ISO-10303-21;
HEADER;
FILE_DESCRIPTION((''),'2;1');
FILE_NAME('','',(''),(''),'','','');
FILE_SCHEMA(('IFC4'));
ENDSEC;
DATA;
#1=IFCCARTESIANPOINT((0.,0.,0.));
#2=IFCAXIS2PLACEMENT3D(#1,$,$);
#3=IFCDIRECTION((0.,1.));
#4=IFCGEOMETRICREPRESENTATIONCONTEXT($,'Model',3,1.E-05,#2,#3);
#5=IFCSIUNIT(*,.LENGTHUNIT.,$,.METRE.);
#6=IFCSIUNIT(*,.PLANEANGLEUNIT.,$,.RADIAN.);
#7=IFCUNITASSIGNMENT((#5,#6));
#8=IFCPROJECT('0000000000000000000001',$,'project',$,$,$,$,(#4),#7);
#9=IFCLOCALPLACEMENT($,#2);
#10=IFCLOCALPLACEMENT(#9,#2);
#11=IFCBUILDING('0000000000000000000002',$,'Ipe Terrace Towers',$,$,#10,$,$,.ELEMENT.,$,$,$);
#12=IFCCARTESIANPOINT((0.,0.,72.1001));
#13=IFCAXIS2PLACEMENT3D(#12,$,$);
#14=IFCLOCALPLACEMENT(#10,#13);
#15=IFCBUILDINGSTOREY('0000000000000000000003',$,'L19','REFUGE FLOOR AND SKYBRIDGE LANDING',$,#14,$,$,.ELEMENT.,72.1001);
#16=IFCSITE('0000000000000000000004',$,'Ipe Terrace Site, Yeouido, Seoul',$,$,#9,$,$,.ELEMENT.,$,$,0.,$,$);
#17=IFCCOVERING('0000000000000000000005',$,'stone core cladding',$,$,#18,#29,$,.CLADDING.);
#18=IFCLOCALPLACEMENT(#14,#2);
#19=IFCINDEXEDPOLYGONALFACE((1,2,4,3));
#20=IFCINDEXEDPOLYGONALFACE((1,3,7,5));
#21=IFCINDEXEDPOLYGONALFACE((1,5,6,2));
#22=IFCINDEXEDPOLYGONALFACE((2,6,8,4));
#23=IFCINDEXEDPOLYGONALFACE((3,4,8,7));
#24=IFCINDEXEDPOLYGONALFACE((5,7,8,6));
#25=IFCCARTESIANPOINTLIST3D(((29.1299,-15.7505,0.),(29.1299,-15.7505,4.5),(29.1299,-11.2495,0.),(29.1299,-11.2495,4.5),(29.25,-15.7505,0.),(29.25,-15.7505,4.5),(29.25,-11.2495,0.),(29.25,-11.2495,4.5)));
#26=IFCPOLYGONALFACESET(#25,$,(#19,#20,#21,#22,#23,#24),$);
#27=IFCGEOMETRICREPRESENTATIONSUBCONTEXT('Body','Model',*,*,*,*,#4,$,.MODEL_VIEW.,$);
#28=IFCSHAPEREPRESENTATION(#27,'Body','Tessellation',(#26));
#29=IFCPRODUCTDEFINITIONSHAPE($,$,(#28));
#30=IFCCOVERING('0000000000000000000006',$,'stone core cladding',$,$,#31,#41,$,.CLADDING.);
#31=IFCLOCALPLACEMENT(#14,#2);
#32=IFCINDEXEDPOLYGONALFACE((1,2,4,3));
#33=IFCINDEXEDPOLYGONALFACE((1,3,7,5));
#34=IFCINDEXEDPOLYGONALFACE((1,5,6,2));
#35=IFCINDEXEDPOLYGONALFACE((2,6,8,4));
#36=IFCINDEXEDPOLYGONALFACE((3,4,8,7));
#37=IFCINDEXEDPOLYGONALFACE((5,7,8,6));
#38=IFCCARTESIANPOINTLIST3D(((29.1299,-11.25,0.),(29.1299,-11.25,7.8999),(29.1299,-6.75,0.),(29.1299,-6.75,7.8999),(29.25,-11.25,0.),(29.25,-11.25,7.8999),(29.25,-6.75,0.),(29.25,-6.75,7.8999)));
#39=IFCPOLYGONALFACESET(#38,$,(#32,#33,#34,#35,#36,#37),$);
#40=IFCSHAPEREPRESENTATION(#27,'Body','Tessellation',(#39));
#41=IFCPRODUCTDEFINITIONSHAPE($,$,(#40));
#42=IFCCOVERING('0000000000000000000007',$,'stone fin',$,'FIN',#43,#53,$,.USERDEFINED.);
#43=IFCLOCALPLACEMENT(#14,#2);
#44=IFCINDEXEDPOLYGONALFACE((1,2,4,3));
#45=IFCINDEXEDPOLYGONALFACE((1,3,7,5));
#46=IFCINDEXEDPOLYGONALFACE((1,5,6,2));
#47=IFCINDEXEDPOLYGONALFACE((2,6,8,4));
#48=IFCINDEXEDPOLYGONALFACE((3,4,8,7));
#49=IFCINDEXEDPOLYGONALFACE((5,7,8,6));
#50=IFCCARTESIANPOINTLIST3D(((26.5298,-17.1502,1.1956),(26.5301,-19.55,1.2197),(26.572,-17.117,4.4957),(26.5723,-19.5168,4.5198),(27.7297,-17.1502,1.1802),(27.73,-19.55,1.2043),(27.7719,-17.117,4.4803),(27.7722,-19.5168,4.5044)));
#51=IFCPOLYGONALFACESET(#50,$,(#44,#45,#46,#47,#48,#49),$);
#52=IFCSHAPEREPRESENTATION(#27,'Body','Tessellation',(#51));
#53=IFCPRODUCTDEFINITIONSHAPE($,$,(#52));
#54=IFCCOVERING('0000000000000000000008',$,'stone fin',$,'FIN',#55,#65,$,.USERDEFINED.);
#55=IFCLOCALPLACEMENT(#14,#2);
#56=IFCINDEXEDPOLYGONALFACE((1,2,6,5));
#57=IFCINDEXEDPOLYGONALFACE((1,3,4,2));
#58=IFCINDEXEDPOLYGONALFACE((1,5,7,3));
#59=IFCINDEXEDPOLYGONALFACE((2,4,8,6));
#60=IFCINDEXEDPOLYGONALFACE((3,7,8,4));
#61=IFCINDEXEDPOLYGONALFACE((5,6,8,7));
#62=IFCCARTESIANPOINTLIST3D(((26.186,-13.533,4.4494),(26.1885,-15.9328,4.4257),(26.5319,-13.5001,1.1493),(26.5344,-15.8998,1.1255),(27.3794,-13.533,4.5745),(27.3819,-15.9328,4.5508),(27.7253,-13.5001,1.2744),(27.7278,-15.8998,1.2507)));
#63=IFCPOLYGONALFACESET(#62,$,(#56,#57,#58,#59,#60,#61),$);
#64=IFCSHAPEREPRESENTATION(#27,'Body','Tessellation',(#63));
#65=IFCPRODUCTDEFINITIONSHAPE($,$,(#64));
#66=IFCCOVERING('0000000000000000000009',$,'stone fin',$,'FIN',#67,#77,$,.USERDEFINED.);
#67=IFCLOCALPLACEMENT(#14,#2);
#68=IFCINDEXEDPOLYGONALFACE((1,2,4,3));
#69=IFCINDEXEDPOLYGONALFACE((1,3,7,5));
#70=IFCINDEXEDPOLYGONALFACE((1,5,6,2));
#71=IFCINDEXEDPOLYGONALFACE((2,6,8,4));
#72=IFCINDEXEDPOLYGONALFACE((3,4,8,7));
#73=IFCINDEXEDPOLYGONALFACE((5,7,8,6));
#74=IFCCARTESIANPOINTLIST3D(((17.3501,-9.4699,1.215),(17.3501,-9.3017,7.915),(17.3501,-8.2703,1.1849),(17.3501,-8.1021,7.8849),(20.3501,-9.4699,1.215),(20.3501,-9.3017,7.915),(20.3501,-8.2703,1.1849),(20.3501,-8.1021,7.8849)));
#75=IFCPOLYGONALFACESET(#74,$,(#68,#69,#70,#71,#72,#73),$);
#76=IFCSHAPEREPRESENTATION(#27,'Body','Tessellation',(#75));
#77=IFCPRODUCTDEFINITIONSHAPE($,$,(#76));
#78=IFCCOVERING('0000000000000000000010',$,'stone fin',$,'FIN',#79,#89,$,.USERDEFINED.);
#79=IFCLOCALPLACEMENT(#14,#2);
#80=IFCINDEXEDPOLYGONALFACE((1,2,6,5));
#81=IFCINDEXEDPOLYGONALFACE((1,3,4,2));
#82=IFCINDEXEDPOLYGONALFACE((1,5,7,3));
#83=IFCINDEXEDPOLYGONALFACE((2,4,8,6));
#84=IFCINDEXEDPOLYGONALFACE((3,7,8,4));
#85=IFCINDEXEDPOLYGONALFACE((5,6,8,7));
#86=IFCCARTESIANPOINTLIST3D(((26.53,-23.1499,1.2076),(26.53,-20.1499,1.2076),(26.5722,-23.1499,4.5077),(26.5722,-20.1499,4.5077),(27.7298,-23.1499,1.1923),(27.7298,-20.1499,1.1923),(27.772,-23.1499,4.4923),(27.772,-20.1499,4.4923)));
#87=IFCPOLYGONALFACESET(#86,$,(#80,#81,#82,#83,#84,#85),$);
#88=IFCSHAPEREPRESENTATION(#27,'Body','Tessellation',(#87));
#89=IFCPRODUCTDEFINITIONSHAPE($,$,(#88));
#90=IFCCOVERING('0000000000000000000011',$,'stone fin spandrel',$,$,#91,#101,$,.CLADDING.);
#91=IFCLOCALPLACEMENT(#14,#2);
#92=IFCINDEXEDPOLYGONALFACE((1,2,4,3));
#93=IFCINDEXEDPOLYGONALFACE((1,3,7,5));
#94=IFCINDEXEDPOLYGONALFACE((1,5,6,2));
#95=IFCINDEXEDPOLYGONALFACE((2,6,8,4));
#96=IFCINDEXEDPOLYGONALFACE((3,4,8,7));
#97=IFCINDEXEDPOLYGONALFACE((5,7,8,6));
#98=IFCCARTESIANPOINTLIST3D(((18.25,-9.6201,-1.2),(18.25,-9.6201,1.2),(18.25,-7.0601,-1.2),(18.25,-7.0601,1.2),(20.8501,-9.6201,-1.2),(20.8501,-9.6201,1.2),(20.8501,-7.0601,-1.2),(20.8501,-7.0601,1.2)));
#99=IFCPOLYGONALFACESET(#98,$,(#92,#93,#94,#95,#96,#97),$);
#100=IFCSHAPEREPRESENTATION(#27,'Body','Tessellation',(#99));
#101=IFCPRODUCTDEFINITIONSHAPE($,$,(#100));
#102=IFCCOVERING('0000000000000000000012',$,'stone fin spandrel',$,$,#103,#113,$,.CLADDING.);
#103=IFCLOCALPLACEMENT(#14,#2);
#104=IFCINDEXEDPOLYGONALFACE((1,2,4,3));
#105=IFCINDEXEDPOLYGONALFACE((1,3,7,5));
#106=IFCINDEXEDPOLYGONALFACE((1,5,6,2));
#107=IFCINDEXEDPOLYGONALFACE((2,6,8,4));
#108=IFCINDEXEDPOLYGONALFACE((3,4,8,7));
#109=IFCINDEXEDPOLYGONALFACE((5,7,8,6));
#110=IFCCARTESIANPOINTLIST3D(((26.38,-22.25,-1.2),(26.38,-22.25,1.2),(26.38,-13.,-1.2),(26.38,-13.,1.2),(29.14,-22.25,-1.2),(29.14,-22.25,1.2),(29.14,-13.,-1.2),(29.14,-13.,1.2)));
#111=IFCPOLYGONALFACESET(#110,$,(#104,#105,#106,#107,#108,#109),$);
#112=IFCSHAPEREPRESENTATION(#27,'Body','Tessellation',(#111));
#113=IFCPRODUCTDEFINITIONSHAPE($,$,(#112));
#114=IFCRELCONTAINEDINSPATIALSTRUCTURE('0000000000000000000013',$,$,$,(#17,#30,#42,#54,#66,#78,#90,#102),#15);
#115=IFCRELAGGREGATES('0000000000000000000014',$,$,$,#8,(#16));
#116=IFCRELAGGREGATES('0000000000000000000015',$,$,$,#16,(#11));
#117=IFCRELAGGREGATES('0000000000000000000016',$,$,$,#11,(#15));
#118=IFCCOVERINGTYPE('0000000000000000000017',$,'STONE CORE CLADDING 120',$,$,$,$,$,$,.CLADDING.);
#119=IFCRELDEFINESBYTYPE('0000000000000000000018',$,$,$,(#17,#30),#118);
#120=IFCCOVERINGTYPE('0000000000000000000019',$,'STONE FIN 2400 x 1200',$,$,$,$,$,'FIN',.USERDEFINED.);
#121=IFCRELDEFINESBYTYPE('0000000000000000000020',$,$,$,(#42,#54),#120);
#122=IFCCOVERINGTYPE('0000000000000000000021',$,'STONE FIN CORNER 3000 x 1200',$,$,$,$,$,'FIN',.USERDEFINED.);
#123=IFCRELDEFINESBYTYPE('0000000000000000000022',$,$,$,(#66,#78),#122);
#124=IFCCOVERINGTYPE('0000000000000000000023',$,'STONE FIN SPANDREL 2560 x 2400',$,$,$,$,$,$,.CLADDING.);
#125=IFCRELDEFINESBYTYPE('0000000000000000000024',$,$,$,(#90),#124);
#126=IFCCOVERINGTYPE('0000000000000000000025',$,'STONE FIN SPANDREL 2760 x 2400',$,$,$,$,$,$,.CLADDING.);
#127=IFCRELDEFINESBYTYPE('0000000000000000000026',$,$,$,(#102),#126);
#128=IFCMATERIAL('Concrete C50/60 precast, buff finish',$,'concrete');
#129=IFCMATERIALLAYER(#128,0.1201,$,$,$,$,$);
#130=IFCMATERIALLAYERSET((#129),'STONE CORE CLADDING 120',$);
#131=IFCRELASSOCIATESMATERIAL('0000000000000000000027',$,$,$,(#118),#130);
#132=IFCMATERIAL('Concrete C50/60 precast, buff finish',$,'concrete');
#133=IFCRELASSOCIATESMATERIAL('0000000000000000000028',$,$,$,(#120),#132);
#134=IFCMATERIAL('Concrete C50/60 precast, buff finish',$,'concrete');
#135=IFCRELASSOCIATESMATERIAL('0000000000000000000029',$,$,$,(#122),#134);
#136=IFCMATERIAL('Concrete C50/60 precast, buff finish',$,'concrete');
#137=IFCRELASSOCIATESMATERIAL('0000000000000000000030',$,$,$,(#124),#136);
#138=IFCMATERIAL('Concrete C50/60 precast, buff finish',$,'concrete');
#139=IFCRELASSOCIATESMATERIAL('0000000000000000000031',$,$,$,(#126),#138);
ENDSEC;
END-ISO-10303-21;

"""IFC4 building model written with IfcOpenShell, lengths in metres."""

from ifc_helpers import new_model, si_unit, direction, frame, origin, origin_2d, place, context, subcontext, project, spatial, rectangle, extrude, material, layer, layer_set, material_profile, profile_set, type_object, element, save


model = new_model("IFC4")

# Units and contexts
model_context = context("Model", 3, precision=1e-05, world=origin(), true_north=direction((0.0, 1.0)))
body_context = subcontext(model_context, "Body", "Model", "MODEL_VIEW")
ifc_project = project(units=[si_unit("LENGTHUNIT", "METRE"), si_unit("PLANEANGLEUNIT", "RADIAN")], contexts=[model_context])

# Site, building, storey
site_placement = place(None, origin())
site = spatial("IfcSite", under=ifc_project, at=site_placement, Name="Ipe Terrace Site, Yeouido, Seoul", CompositionType="ELEMENT", RefElevation=0.0)
building_placement = place(site_placement, origin())
building = spatial("IfcBuilding", under=site, at=building_placement, Name="Ipe Terrace Towers", CompositionType="ELEMENT")
storey_placement = place(building_placement, frame((0.0, 0.0, 72.1001)))
storey = spatial("IfcBuildingStorey", under=building, at=storey_placement, Name="L19", Description="REFUGE FLOOR AND SKYBRIDGE LANDING", CompositionType="ELEMENT", Elevation=72.1001)

# Coverings
ifc_material_1 = material(Name="Concrete C50/60 precast, buff finish", Category="concrete")
ifc_layer_1 = layer(ifc_material_1, 0.1201)
ifc_layer_set_1 = layer_set([ifc_layer_1], Name="STONE CORE CLADDING 120")
covering_type_1 = type_object("IfcCoveringType", Name="STONE CORE CLADDING 120", PredefinedType="CLADDING", material=ifc_layer_set_1)
covering_1_placement = place(storey_placement, frame((29.1899, -13.5, 0.0), z_axis=(0.0, 0.0, 1.0), x_axis=(0.0, -1.0, 0.0)))
element("IfcCovering", 1, at=covering_1_placement, inside=storey, type_object=covering_type_1, Name="stone core cladding", PredefinedType="CLADDING", context=body_context, shape_type="SweptSolid", body=[
    extrude(rectangle(XDim=4.501, YDim=0.1201, at=origin_2d()), origin(), (0.0, 0.0, 1.0), 4.5),
])
covering_2_placement = place(storey_placement, frame((29.1899, -9.0, 0.0), z_axis=(0.0, 0.0, 1.0), x_axis=(0.0, -1.0, 0.0)))
element("IfcCovering", 2, at=covering_2_placement, inside=storey, type_object=covering_type_1, Name="stone core cladding", PredefinedType="CLADDING", context=body_context, shape_type="SweptSolid", body=[
    extrude(rectangle(XDim=4.5, YDim=0.1201, at=origin_2d()), origin(), (0.0, 0.0, 1.0), 7.8999),
])
ifc_material_2 = material(Name="Concrete C50/60 precast, buff finish", Category="concrete")
ifc_material_profile_1 = material_profile(ifc_material_2, rectangle(XDim=2.3999, YDim=1.2, at=origin_2d()), Name="STONE FIN 2400 x 1200")
ifc_profile_set_1 = profile_set([ifc_material_profile_1], Name="Concrete C50/60 precast, buff finish")
covering_type_2 = type_object("IfcCoveringType", Name="STONE FIN 2400 x 1200", ElementType="FIN", PredefinedType="USERDEFINED", material=ifc_profile_set_1)
covering_3_placement = place(storey_placement, frame((27.1299, -18.3501, 1.2), z_axis=(0.012797, 0.01006, 0.999868), x_axis=(0.000129, -0.999949, 0.010059)))
element("IfcCovering", 3, at=covering_3_placement, inside=storey, type_object=covering_type_2, Name="stone fin", ObjectType="FIN", PredefinedType="USERDEFINED", context=body_context, shape_type="SweptSolid", body=[
    extrude(rectangle(XDim=2.3999, YDim=1.2, at=origin_2d()), origin(), (0.0, 0.0, 1.0), 3.3005),
])
covering_4_placement = place(storey_placement, frame((27.1299, -14.7, 1.2), z_axis=(-0.104254, -0.009933, 0.994501), x_axis=(0.001036, -0.999951, -0.009878)))
element("IfcCovering", 4, at=covering_4_placement, inside=storey, type_object=covering_type_2, Name="stone fin", ObjectType="FIN", PredefinedType="USERDEFINED", context=body_context, shape_type="SweptSolid", body=[
    extrude(rectangle(XDim=2.3999, YDim=1.2, at=origin_2d()), origin(), (0.0, 0.0, 1.0), 3.3184),
])
ifc_material_3 = material(Name="Concrete C50/60 precast, buff finish", Category="concrete")
ifc_material_profile_2 = material_profile(ifc_material_3, rectangle(XDim=3.0, YDim=1.2, at=origin_2d()), Name="STONE FIN CORNER 3000 x 1200")
ifc_profile_set_2 = profile_set([ifc_material_profile_2], Name="Concrete C50/60 precast, buff finish")
covering_type_3 = type_object("IfcCoveringType", Name="STONE FIN CORNER 3000 x 1200", ElementType="FIN", PredefinedType="USERDEFINED", material=ifc_profile_set_2)
covering_5_placement = place(storey_placement, frame((18.8501, -8.8701, 1.2), z_axis=(0.0, 0.025099, 0.999685), x_axis=(1.0, 0.0, 0.0)))
element("IfcCovering", 5, at=covering_5_placement, inside=storey, type_object=covering_type_3, Name="stone fin", ObjectType="FIN", PredefinedType="USERDEFINED", context=body_context, shape_type="SweptSolid", body=[
    extrude(rectangle(XDim=3.0, YDim=1.2, at=origin_2d()), origin(), (0.0, 0.0, 1.0), 6.7021),
])
covering_6_placement = place(storey_placement, frame((27.1299, -21.6499, 1.2), z_axis=(0.012798, 0.0, 0.999918), x_axis=(0.0, -1.0, 0.0)))
element("IfcCovering", 6, at=covering_6_placement, inside=storey, type_object=covering_type_3, Name="stone fin", ObjectType="FIN", PredefinedType="USERDEFINED", context=body_context, shape_type="SweptSolid", body=[
    extrude(rectangle(XDim=3.0, YDim=1.2, at=origin_2d()), origin(), (0.0, 0.0, 1.0), 3.3003),
])
ifc_material_4 = material(Name="Concrete C50/60 precast, buff finish", Category="concrete")
ifc_material_profile_3 = material_profile(ifc_material_4, rectangle(XDim=2.5601, YDim=2.3999, at=origin_2d()), Name="STONE FIN SPANDREL 2560 x 2400")
ifc_profile_set_3 = profile_set([ifc_material_profile_3], Name="Concrete C50/60 precast, buff finish")
covering_type_4 = type_object("IfcCoveringType", Name="STONE FIN SPANDREL 2560 x 2400", PredefinedType="CLADDING", material=ifc_profile_set_3)
covering_7_placement = place(storey_placement, frame((18.25, -8.3401, 0.0), z_axis=(1.0, 0.0, 0.0), x_axis=(0.0, -1.0, 0.0)))
element("IfcCovering", 7, at=covering_7_placement, inside=storey, type_object=covering_type_4, Name="stone fin spandrel", PredefinedType="CLADDING", context=body_context, shape_type="SweptSolid", body=[
    extrude(rectangle(XDim=2.5601, YDim=2.3999, at=origin_2d()), origin(), (0.0, 0.0, 1.0), 2.6001),
])
ifc_material_5 = material(Name="Concrete C50/60 precast, buff finish", Category="concrete")
ifc_material_profile_4 = material_profile(ifc_material_5, rectangle(XDim=2.76, YDim=2.3999, at=origin_2d()), Name="STONE FIN SPANDREL 2760 x 2400")
ifc_profile_set_4 = profile_set([ifc_material_profile_4], Name="Concrete C50/60 precast, buff finish")
covering_type_5 = type_object("IfcCoveringType", Name="STONE FIN SPANDREL 2760 x 2400", PredefinedType="CLADDING", material=ifc_profile_set_4)
covering_8_placement = place(storey_placement, frame((27.76, -13.0, 0.0), z_axis=(0.0, -1.0, 0.0), x_axis=(-1.0, 0.0, 0.0)))
element("IfcCovering", 8, at=covering_8_placement, inside=storey, type_object=covering_type_5, Name="stone fin spandrel", PredefinedType="CLADDING", context=body_context, shape_type="SweptSolid", body=[
    extrude(rectangle(XDim=2.76, YDim=2.3999, at=origin_2d()), origin(), (0.0, 0.0, 1.0), 9.25),
])

save(model, "model.ifc")
